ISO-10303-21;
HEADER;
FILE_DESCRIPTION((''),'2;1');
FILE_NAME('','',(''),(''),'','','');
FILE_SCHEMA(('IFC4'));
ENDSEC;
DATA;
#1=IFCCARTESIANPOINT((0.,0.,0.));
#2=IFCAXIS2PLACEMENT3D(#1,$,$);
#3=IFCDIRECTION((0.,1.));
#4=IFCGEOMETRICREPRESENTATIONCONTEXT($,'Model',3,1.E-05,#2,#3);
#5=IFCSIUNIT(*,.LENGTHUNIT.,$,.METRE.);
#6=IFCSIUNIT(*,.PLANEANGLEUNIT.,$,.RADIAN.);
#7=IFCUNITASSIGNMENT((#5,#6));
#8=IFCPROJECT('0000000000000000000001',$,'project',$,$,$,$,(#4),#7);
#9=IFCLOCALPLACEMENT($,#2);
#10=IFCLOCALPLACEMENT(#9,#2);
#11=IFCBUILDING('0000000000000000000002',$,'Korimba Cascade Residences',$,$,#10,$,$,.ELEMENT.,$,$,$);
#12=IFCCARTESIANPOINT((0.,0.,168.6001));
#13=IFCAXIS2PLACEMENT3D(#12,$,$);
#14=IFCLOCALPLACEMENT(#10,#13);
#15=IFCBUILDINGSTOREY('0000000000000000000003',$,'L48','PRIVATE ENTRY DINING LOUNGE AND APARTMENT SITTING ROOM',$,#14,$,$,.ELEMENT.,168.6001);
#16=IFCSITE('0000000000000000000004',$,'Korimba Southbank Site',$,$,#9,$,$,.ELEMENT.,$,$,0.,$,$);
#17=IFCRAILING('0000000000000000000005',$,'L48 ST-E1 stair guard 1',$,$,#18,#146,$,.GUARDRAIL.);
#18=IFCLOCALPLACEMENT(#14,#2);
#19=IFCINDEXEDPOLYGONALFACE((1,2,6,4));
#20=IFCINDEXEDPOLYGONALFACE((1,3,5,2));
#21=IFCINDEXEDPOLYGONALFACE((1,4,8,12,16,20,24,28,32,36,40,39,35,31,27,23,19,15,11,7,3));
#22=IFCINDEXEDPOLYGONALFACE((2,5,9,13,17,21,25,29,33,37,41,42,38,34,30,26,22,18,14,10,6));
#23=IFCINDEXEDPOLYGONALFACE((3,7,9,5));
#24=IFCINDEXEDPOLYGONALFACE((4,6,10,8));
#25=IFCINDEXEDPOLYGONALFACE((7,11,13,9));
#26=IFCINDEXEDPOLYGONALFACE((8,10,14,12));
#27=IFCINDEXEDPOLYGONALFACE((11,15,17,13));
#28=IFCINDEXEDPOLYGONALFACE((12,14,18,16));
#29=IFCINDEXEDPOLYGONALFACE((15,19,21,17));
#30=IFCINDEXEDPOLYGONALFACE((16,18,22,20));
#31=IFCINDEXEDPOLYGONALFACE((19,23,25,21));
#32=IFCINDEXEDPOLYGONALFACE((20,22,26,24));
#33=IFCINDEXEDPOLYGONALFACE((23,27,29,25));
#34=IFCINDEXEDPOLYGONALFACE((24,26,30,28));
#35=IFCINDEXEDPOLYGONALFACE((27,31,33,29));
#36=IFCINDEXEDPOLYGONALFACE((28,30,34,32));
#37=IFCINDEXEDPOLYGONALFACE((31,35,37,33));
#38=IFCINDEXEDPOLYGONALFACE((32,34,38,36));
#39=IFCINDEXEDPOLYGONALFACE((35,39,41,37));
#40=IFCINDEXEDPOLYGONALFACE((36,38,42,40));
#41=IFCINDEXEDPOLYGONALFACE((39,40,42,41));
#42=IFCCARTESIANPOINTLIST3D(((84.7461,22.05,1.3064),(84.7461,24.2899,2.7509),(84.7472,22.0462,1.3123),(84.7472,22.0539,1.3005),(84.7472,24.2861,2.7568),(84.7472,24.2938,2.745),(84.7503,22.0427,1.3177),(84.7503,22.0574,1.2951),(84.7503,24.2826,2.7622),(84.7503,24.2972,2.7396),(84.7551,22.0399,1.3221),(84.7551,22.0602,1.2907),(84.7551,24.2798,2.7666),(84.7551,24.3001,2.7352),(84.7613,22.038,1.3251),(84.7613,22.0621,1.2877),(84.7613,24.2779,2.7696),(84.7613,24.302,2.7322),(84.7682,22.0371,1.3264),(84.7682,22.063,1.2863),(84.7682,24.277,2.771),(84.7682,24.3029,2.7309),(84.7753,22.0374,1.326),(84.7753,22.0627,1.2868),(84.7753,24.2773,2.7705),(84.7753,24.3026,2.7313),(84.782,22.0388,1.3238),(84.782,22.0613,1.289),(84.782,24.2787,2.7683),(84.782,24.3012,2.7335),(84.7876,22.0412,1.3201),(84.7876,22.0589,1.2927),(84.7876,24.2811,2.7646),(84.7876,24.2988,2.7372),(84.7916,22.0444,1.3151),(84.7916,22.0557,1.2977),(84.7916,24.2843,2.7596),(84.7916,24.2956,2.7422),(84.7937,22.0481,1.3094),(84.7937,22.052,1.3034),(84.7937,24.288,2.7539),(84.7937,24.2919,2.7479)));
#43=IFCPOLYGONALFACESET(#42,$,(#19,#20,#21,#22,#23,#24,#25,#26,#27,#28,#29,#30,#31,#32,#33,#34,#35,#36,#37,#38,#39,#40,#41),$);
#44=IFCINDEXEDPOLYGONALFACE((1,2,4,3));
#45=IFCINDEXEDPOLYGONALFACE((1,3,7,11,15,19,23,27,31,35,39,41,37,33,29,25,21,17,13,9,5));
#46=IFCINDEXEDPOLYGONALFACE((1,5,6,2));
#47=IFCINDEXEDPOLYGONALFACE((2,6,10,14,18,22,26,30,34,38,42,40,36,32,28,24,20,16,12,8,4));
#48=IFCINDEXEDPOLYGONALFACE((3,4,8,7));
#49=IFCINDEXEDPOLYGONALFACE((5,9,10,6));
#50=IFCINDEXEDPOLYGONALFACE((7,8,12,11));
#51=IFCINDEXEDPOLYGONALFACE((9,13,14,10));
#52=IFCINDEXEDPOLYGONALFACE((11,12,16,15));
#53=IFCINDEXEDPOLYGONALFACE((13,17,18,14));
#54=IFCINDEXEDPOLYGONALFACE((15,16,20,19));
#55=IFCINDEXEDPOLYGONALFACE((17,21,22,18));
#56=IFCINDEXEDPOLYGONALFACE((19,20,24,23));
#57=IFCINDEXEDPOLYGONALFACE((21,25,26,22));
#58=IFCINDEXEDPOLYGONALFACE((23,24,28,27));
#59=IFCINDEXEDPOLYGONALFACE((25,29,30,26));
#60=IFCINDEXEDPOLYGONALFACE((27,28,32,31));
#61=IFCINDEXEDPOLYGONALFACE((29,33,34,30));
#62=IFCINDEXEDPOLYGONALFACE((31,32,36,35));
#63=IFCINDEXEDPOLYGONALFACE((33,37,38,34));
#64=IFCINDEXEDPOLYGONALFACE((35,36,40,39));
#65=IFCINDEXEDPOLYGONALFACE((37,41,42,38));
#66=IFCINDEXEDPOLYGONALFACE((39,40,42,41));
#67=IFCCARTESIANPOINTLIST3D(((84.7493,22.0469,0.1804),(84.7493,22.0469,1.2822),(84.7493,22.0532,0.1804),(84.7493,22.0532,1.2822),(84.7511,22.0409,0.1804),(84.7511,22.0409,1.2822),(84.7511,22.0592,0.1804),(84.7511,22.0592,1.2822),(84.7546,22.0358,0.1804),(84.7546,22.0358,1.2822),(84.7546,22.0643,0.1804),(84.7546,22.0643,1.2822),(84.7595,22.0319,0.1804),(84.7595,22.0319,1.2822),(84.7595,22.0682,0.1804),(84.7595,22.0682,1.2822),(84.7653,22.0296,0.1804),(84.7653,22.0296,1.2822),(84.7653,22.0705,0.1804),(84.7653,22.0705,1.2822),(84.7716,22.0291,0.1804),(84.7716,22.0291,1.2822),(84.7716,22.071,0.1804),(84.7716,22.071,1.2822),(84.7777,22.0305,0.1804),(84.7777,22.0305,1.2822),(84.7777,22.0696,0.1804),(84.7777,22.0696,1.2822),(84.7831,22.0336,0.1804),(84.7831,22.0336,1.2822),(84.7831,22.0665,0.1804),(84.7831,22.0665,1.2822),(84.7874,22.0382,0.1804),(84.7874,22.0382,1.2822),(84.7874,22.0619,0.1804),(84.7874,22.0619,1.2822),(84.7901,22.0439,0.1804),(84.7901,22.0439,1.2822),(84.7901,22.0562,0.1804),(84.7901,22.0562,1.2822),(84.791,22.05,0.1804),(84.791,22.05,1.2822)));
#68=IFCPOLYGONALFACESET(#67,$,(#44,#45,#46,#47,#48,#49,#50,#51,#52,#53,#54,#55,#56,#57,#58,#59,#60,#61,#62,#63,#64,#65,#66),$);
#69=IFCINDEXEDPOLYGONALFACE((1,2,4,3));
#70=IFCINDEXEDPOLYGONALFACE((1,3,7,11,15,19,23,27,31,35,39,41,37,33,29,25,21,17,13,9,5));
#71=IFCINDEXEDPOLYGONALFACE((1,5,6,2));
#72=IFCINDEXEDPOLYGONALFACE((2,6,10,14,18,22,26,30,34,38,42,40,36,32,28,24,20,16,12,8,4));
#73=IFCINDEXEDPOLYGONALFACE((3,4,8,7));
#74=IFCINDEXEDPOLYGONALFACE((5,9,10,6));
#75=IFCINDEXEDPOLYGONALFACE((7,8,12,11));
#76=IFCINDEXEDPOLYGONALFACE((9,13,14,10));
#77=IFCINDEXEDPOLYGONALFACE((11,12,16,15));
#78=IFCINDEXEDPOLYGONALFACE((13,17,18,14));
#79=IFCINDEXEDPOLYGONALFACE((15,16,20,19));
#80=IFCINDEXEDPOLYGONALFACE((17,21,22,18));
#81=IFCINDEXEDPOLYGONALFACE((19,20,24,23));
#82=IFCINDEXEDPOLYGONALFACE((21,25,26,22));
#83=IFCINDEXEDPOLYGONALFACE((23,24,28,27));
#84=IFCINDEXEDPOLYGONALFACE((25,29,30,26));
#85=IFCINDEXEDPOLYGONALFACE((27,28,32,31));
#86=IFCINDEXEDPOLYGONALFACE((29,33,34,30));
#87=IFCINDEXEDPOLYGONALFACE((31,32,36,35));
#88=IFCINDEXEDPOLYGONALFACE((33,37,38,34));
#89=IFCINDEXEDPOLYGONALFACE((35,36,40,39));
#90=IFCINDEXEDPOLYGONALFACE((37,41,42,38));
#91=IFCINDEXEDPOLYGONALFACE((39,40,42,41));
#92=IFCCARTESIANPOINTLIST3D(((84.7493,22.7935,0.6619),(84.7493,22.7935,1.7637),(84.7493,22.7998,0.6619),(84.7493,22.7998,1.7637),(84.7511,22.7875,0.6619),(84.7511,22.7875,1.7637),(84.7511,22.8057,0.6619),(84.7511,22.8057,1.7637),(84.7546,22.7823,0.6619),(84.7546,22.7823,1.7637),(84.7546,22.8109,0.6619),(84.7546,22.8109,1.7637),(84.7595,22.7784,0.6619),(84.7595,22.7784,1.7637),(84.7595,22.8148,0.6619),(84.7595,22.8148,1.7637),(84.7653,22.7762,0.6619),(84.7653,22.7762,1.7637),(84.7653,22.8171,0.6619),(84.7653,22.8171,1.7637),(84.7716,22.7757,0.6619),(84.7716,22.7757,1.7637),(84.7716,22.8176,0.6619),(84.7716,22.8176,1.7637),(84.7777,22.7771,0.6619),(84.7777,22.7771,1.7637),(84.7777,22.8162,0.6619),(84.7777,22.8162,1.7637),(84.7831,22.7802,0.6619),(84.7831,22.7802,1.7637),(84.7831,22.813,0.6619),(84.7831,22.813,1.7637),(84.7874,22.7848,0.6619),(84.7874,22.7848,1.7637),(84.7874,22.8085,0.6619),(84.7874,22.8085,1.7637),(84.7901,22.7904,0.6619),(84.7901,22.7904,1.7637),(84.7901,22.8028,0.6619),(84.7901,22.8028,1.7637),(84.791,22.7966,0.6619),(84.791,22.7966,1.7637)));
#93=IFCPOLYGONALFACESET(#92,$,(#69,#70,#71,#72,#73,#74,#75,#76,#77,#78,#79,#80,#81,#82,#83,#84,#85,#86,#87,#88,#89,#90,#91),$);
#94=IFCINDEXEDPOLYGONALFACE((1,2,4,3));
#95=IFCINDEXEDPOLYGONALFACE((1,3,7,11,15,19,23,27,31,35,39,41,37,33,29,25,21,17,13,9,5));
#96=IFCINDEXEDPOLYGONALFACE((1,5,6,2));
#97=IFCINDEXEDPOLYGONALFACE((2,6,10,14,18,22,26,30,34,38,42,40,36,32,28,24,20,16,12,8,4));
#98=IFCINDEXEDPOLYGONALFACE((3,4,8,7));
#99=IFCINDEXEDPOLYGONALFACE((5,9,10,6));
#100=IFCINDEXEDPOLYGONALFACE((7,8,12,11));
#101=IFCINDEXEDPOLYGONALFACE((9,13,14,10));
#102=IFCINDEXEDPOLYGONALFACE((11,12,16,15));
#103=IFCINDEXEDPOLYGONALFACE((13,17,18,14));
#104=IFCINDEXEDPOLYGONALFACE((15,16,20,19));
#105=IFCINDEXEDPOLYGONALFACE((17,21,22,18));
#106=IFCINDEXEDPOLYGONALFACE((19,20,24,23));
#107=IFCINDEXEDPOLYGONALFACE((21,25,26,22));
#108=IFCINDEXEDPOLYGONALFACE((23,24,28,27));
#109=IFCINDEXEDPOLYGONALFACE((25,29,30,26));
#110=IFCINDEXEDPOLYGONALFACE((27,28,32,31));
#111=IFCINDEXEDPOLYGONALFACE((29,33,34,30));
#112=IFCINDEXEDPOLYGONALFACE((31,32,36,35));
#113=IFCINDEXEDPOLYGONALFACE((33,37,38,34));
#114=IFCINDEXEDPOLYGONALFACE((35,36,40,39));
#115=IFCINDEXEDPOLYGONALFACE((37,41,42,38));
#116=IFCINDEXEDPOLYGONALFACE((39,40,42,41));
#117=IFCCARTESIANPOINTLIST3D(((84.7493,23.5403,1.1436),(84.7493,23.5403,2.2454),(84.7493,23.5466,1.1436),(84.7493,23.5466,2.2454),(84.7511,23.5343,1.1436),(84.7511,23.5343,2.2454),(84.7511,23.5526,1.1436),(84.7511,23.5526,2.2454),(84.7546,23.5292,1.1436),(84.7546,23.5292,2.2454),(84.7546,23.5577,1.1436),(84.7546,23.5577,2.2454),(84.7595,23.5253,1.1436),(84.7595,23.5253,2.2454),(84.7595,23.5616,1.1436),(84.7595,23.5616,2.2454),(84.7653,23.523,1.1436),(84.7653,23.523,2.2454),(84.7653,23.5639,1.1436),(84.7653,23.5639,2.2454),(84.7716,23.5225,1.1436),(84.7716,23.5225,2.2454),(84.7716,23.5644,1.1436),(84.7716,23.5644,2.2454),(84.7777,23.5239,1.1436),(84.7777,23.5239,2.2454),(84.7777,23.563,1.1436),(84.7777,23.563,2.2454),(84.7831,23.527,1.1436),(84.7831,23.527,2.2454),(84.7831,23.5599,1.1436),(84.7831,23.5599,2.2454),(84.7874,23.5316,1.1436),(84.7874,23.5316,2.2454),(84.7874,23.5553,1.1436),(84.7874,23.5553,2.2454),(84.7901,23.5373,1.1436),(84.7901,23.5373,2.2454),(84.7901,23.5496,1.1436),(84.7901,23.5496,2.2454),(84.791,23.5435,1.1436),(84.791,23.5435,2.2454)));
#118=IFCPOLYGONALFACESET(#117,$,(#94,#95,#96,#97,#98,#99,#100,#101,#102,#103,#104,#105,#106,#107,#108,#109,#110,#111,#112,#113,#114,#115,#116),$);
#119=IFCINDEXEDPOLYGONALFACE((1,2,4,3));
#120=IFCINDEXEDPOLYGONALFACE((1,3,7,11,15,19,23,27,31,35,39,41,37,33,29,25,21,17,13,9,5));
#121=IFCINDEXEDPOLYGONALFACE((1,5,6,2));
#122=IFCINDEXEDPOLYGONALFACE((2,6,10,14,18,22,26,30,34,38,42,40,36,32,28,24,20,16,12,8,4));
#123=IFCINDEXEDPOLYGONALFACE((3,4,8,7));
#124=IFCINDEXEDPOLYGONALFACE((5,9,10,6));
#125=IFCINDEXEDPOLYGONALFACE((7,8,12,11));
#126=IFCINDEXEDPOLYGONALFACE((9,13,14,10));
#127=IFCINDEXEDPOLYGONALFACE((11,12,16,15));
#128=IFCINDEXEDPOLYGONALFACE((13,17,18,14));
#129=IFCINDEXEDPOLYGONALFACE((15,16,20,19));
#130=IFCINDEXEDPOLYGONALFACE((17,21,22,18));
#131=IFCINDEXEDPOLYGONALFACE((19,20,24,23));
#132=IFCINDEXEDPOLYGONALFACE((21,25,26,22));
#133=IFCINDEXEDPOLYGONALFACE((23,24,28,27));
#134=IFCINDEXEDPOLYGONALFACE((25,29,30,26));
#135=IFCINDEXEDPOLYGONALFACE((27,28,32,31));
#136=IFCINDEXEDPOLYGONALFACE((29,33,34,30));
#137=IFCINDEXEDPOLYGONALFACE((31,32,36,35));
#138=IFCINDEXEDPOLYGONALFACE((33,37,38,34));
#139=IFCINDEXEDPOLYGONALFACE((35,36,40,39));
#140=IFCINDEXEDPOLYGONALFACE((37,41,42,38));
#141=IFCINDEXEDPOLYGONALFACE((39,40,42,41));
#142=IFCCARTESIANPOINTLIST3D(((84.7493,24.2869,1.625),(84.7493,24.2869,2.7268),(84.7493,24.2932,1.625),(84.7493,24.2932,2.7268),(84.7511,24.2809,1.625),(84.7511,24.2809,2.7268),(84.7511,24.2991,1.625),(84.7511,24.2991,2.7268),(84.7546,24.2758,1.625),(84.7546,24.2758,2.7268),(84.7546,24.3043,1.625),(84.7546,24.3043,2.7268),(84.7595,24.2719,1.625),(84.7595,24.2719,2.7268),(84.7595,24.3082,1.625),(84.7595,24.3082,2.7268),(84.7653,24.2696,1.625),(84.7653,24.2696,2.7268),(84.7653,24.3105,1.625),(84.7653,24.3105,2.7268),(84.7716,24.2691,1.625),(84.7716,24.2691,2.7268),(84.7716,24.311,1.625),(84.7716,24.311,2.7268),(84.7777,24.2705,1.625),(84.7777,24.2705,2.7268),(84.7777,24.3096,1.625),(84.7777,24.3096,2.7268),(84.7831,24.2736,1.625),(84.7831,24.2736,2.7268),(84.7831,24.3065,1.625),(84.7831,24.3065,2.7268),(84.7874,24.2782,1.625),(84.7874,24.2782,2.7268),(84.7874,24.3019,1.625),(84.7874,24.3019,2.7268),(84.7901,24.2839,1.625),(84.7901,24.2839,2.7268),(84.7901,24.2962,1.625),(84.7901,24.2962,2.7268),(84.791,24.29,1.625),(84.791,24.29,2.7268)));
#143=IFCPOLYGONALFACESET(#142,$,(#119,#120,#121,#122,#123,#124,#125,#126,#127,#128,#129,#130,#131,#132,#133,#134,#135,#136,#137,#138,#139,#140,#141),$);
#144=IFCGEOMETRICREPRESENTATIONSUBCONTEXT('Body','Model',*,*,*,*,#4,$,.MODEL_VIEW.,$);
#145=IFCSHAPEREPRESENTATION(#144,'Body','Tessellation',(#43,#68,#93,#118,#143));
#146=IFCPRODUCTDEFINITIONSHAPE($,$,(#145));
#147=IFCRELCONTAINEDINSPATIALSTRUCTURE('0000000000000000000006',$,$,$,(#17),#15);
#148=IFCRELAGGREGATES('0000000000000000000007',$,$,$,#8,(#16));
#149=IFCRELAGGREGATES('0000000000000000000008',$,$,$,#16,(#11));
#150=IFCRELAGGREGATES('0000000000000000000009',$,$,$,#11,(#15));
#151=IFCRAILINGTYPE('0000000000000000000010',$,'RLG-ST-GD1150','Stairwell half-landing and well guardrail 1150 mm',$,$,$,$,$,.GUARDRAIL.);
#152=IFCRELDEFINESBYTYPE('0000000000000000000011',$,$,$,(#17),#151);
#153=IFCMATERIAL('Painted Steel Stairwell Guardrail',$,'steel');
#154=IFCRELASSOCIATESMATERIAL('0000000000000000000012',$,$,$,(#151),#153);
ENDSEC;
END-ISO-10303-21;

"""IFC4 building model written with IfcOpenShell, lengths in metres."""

from ifc_helpers import new_model, si_unit, direction, frame, origin, origin_2d, place, context, subcontext, project, spatial, circle, extrude, material, type_object, element, save


model = new_model("IFC4")

# Units and contexts
model_context = context("Model", 3, precision=1e-05, world=origin(), true_north=direction((0.0, 1.0)))
body_context = subcontext(model_context, "Body", "Model", "MODEL_VIEW")
ifc_project = project(units=[si_unit("LENGTHUNIT", "METRE"), si_unit("PLANEANGLEUNIT", "RADIAN")], contexts=[model_context])

# Site, building, storey
site_placement = place(None, origin())
site = spatial("IfcSite", under=ifc_project, at=site_placement, Name="Korimba Southbank Site", CompositionType="ELEMENT", RefElevation=0.0)
building_placement = place(site_placement, origin())
building = spatial("IfcBuilding", under=site, at=building_placement, Name="Korimba Cascade Residences", CompositionType="ELEMENT")
storey_placement = place(building_placement, frame((0.0, 0.0, 168.6001)))
storey = spatial("IfcBuildingStorey", under=building, at=storey_placement, Name="L48", Description="PRIVATE ENTRY DINING LOUNGE AND APARTMENT SITTING ROOM", CompositionType="ELEMENT", Elevation=168.6001)

# Railing
ifc_material_1 = material(Name="Painted Steel Stairwell Guardrail", Category="steel")
railing_type = type_object("IfcRailingType", Name="RLG-ST-GD1150", Description="Stairwell half-landing and well guardrail 1150 mm", PredefinedType="GUARDRAIL", material=ifc_material_1)
railing_placement = place(storey_placement, frame((84.77, 22.05, 0.1804)))
element("IfcRailing", 1, at=railing_placement, inside=storey, type_object=railing_type, Name="L48 ST-E1 stair guard 1", PredefinedType="GUARDRAIL", context=body_context, shape_type="SweptSolid", body=[
    extrude(circle(Radius=0.0239, at=origin_2d()), frame((0.0, 0.0, 1.126), z_axis=(0.0, 0.840395, 0.541975), x_axis=(-1.0, 0.0, 0.0)), (0.0, 0.0, 1.0), 2.6653),
    extrude(circle(Radius=0.021, at=origin_2d()), origin(), (0.0, 0.0, 1.0), 1.1018),
    extrude(circle(Radius=0.021, at=origin_2d()), frame((0.0, 0.7466, 0.4814)), (0.0, 0.0, 1.0), 1.1018),
    extrude(circle(Radius=0.021, at=origin_2d()), frame((0.0, 1.4934, 0.9631)), (0.0, 0.0, 1.0), 1.1018),
    extrude(circle(Radius=0.021, at=origin_2d()), frame((0.0, 2.24, 1.4446)), (0.0, 0.0, 1.0), 1.1018),
])

save(model, "model.ifc")
